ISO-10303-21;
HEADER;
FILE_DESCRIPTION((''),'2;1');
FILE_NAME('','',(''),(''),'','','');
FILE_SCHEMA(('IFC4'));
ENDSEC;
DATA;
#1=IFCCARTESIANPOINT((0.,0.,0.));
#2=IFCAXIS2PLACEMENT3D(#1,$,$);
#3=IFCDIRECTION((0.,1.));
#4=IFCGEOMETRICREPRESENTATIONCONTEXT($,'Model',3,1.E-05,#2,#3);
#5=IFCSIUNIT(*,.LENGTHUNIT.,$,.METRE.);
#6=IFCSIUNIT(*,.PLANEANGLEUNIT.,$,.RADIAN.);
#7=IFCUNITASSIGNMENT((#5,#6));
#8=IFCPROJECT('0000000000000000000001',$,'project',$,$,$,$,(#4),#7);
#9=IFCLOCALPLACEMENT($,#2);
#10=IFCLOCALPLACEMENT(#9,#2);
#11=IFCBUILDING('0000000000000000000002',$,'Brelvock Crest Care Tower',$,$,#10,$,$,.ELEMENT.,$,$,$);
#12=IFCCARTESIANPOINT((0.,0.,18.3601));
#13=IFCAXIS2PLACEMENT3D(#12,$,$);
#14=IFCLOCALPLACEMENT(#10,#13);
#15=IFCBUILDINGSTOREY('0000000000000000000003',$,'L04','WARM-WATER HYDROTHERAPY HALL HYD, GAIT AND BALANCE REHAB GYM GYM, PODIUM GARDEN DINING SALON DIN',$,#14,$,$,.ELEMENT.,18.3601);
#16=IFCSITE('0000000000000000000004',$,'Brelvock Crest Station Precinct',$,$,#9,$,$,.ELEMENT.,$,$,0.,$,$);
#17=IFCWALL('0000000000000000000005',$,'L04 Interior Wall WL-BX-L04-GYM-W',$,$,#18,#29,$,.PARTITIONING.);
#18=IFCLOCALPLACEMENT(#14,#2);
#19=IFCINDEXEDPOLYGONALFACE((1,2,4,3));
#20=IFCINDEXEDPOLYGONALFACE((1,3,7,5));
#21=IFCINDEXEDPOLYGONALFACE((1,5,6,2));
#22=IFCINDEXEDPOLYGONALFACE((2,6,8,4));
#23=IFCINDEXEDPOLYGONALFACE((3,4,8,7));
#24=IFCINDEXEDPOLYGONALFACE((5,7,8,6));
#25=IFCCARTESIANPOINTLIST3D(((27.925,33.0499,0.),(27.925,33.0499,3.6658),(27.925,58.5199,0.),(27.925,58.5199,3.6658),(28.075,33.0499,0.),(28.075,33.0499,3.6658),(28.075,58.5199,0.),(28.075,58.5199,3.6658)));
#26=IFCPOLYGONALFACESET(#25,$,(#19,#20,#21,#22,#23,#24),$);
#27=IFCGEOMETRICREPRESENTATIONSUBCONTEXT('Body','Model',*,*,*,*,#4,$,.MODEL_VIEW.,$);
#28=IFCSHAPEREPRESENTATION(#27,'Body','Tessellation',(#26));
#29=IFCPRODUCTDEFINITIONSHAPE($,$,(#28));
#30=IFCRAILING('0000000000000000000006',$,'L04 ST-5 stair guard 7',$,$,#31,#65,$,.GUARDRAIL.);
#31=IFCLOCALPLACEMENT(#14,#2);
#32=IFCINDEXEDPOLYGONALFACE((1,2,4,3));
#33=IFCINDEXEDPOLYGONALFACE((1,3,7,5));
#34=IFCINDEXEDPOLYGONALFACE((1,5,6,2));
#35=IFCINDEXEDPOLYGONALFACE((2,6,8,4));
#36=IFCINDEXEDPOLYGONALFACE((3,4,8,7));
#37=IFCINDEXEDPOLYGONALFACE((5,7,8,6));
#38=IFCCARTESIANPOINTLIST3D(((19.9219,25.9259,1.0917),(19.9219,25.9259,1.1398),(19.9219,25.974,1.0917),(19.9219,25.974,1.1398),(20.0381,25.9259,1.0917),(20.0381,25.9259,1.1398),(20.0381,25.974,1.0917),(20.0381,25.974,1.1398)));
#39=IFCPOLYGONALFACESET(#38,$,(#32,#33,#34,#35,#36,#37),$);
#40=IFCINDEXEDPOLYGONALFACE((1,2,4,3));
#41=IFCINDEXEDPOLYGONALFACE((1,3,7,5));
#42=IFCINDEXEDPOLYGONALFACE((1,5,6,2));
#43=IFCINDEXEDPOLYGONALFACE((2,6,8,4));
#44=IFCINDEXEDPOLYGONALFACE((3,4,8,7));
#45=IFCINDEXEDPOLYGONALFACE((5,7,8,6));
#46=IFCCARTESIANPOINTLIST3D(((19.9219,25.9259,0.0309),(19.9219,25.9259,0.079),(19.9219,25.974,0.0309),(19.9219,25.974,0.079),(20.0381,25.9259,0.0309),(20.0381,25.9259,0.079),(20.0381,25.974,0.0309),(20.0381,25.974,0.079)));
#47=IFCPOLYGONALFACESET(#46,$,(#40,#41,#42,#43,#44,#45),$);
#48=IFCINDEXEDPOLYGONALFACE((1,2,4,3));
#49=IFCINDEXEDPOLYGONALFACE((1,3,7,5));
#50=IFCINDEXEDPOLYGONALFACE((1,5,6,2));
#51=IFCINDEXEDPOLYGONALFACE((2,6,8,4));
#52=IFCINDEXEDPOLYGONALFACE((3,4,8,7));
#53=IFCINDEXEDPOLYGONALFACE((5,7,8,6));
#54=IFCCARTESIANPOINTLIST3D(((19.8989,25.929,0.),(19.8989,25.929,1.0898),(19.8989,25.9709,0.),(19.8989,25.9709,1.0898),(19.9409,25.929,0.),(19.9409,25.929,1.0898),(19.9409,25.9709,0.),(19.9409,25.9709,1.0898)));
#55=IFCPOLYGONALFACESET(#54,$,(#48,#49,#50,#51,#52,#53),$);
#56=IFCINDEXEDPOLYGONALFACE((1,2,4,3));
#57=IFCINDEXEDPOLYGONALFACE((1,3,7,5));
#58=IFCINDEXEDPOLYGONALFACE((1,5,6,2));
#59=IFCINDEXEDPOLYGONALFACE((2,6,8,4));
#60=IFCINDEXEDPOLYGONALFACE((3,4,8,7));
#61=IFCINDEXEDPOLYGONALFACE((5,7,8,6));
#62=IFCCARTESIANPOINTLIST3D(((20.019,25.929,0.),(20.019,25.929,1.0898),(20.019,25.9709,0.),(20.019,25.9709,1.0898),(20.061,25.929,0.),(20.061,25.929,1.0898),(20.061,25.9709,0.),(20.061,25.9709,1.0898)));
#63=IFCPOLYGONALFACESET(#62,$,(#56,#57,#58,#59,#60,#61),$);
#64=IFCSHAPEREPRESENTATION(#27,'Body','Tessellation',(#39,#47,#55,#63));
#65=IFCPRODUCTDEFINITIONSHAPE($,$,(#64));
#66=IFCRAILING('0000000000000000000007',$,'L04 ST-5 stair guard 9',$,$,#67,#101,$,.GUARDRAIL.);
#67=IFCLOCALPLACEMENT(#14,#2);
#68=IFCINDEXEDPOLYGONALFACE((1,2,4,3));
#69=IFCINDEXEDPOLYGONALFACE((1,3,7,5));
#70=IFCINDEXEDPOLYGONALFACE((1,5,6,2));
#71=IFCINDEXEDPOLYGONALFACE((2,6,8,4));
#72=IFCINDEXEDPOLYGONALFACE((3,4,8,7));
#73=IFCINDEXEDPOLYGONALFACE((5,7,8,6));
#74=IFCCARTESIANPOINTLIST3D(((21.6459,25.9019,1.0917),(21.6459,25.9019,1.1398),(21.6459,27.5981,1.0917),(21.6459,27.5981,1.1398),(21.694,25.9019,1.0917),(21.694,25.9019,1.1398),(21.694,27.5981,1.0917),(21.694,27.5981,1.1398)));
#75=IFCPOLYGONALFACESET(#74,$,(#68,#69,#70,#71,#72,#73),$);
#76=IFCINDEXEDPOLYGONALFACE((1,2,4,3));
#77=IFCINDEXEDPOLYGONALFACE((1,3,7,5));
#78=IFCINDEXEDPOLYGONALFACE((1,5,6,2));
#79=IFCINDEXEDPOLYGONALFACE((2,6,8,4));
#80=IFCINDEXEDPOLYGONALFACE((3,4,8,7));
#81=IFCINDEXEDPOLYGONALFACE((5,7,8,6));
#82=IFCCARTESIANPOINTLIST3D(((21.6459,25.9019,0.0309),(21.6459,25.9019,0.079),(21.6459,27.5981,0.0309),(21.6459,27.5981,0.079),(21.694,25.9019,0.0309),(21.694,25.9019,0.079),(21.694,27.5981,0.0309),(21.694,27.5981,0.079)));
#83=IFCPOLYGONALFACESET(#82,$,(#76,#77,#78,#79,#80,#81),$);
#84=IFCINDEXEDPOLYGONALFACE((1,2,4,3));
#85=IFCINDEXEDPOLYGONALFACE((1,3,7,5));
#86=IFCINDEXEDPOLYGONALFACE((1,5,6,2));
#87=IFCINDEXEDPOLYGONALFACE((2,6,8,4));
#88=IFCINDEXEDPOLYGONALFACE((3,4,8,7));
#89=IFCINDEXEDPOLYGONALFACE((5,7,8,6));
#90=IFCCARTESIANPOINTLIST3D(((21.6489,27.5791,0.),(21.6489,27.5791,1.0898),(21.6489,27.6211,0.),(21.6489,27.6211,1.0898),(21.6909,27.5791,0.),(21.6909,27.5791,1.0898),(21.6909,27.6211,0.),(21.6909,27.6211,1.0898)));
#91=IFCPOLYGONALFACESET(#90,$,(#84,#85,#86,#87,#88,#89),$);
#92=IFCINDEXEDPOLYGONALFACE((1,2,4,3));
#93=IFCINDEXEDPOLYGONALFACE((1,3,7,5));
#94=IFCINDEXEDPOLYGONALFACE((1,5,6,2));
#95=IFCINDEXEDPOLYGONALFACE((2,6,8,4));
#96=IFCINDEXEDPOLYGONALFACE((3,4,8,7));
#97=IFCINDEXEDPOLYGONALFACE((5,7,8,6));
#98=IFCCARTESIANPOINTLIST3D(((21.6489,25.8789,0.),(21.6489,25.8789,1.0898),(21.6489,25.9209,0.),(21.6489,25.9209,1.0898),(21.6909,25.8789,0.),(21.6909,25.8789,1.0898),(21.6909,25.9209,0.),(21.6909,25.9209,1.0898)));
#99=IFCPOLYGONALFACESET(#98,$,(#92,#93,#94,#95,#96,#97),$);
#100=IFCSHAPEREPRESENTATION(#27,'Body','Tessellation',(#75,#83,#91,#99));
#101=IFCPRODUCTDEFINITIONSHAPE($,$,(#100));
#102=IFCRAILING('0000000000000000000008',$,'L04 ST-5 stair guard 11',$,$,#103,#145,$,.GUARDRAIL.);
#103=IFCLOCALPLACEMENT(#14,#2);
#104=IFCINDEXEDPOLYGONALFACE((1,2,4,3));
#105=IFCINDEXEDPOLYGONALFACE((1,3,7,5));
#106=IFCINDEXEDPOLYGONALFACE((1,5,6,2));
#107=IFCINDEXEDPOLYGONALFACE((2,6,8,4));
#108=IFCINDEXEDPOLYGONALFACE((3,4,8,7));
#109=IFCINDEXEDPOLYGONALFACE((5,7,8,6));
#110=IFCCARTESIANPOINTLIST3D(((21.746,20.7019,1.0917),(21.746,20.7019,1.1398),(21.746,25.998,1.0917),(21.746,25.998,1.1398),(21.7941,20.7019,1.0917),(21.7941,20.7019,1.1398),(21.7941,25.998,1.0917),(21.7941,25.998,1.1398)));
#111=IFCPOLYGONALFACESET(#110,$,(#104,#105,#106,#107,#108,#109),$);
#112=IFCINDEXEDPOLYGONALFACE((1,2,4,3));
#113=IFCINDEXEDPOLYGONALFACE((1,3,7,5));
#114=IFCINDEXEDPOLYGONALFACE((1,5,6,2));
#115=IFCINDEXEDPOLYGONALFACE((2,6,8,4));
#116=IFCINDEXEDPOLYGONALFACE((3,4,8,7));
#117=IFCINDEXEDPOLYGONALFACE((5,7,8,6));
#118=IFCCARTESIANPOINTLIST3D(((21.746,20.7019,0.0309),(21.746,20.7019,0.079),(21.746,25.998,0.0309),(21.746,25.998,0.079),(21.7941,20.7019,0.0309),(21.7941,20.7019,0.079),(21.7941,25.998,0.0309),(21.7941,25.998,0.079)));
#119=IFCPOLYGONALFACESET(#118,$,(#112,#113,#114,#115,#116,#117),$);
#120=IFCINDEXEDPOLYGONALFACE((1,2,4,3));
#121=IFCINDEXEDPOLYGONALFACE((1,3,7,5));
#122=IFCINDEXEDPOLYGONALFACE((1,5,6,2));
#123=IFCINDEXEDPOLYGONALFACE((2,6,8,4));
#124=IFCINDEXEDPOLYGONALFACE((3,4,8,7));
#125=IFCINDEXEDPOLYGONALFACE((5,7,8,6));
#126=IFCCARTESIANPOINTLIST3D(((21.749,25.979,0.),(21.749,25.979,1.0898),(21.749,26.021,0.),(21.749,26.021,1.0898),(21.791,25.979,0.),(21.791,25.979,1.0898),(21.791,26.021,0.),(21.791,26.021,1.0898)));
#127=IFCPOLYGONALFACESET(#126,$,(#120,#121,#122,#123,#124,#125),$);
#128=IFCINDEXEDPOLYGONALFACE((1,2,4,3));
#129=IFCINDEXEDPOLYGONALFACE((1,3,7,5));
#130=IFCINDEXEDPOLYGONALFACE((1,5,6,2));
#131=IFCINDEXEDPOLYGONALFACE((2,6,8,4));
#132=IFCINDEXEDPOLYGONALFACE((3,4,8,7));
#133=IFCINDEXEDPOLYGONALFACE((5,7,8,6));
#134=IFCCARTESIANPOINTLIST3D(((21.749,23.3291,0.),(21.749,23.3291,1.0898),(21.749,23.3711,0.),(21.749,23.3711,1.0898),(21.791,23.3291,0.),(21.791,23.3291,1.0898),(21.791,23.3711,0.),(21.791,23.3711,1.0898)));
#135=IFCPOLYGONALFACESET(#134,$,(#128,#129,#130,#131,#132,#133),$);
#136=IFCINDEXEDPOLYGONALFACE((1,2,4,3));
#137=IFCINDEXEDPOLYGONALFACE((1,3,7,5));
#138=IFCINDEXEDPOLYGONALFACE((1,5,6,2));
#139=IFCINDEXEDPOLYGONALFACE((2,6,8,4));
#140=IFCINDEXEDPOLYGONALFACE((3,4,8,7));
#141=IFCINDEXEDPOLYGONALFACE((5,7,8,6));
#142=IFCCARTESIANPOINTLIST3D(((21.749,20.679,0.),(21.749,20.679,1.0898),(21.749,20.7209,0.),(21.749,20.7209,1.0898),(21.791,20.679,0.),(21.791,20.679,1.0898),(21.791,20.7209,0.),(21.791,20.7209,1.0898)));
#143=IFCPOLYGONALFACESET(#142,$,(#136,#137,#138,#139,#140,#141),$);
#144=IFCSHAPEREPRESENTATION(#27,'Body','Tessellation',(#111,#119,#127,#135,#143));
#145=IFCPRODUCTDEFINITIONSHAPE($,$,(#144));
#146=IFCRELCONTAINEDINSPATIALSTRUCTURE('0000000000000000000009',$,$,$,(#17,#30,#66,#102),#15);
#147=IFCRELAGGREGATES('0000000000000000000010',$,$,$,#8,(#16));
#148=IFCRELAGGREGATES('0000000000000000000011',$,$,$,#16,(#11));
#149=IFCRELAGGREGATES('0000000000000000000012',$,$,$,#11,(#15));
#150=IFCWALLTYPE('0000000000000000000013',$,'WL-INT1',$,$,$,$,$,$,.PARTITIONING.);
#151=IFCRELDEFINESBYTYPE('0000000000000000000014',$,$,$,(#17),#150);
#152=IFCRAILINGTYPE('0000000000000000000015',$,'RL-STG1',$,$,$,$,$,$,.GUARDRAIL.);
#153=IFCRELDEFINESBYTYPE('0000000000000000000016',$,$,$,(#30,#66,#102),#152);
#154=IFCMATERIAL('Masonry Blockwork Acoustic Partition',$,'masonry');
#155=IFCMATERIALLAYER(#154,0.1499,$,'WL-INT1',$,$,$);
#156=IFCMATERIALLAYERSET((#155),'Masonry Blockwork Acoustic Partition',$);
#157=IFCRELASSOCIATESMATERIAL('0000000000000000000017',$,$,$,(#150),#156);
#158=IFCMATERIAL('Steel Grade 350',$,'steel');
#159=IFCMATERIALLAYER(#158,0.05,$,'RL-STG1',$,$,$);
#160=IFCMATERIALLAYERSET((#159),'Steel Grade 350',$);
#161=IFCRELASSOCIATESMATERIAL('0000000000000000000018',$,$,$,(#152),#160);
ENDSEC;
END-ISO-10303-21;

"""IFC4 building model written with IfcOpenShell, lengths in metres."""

from ifc_helpers import new_model, si_unit, direction, frame, frame_2d, origin, origin_2d, place, context, subcontext, project, spatial, rectangle, extrude, material, layer, layer_set, type_object, element, save


model = new_model("IFC4")

# Units and contexts
model_context = context("Model", 3, precision=1e-05, world=origin(), true_north=direction((0.0, 1.0)))
body_context = subcontext(model_context, "Body", "Model", "MODEL_VIEW")
ifc_project = project(units=[si_unit("LENGTHUNIT", "METRE"), si_unit("PLANEANGLEUNIT", "RADIAN")], contexts=[model_context])

# Site, building, storey
site_placement = place(None, origin())
site = spatial("IfcSite", under=ifc_project, at=site_placement, Name="Brelvock Crest Station Precinct", CompositionType="ELEMENT", RefElevation=0.0)
building_placement = place(site_placement, origin())
building = spatial("IfcBuilding", under=site, at=building_placement, Name="Brelvock Crest Care Tower", CompositionType="ELEMENT")
storey_placement = place(building_placement, frame((0.0, 0.0, 18.3601)))
storey = spatial("IfcBuildingStorey", under=building, at=storey_placement, Name="L04", Description="WARM-WATER HYDROTHERAPY HALL HYD, GAIT AND BALANCE REHAB GYM GYM, PODIUM GARDEN DINING SALON DIN", CompositionType="ELEMENT", Elevation=18.3601)

# Shared definitions
ifc_material_1 = material(Name="Steel Grade 350", Category="steel")

# Shared definitions
ifc_material_2 = material(Name="Masonry Blockwork Acoustic Partition", Category="masonry")
ifc_layer_1 = layer(ifc_material_2, 0.1499, Name="WL-INT1")
ifc_layer_set_1 = layer_set([ifc_layer_1], Name="Masonry Blockwork Acoustic Partition")
wall_type = type_object("IfcWallType", Name="WL-INT1", PredefinedType="PARTITIONING", material=ifc_layer_set_1)

# Wall
wall_1_placement = place(storey_placement, frame((28.0, 33.05, 0.0), z_axis=(0.0, 0.0, 1.0), x_axis=(0.0, 1.0, 0.0)))
element("IfcWall", 1, at=wall_1_placement, inside=storey, type_object=wall_type, Name="L04 Interior Wall WL-BX-L04-GYM-W", PredefinedType="PARTITIONING", context=body_context, shape_type="SweptSolid", body=[
    extrude(rectangle(XDim=25.47, YDim=0.1499, at=frame_2d((12.7349, 0.0))), origin(), (0.0, 0.0, 1.0), 3.6658),
])

# Railings
ifc_layer_2 = layer(ifc_material_1, 0.05, Name="RL-STG1")
ifc_layer_set_2 = layer_set([ifc_layer_2], Name="Steel Grade 350")
railing_type = type_object("IfcRailingType", Name="RL-STG1", PredefinedType="GUARDRAIL", material=ifc_layer_set_2)
railing_1_placement = place(storey_placement, frame((19.9199, 25.95, 0.0)))
element("IfcRailing", 2, at=railing_1_placement, inside=storey, type_object=railing_type, Name="L04 ST-5 stair guard 7", PredefinedType="GUARDRAIL", context=body_context, shape_type="SweptSolid", body=[
    extrude(rectangle(XDim=0.0481, YDim=0.0481, at=origin_2d()), frame((0.002, 0.0, 1.1157), z_axis=(1.0, 0.0, 0.0), x_axis=(0.0, 1.0, 0.0)), (0.0, 0.0, 1.0), 0.1162),
    extrude(rectangle(XDim=0.0481, YDim=0.0481, at=origin_2d()), frame((0.002, 0.0, 0.0549), z_axis=(1.0, 0.0, 0.0), x_axis=(0.0, 1.0, 0.0)), (0.0, 0.0, 1.0), 0.1162),
    extrude(rectangle(XDim=0.042, YDim=0.042, at=origin_2d()), origin(), (0.0, 0.0, 1.0), 1.0898),
    extrude(rectangle(XDim=0.042, YDim=0.042, at=origin_2d()), frame((0.1201, 0.0, 0.0)), (0.0, 0.0, 1.0), 1.0898),
])
railing_2_placement = place(storey_placement, frame((21.6699, 27.6001, 0.0)))
element("IfcRailing", 3, at=railing_2_placement, inside=storey, type_object=railing_type, Name="L04 ST-5 stair guard 9", PredefinedType="GUARDRAIL", context=body_context, shape_type="SweptSolid", body=[
    extrude(rectangle(XDim=0.0481, YDim=0.0481, at=origin_2d()), frame((0.0, -0.002, 1.1157), z_axis=(0.0, -1.0, 0.0), x_axis=(1.0, 0.0, 0.0)), (0.0, 0.0, 1.0), 1.6963),
    extrude(rectangle(XDim=0.0481, YDim=0.0481, at=origin_2d()), frame((0.0, -0.002, 0.0549), z_axis=(0.0, -1.0, 0.0), x_axis=(1.0, 0.0, 0.0)), (0.0, 0.0, 1.0), 1.6963),
    extrude(rectangle(XDim=0.042, YDim=0.042, at=origin_2d()), origin(), (0.0, 0.0, 1.0), 1.0898),
    extrude(rectangle(XDim=0.042, YDim=0.042, at=origin_2d()), frame((0.0, -1.7002, 0.0)), (0.0, 0.0, 1.0), 1.0898),
])
railing_3_placement = place(storey_placement, frame((21.77, 26.0, 0.0)))
element("IfcRailing", 4, at=railing_3_placement, inside=storey, type_object=railing_type, Name="L04 ST-5 stair guard 11", PredefinedType="GUARDRAIL", context=body_context, shape_type="SweptSolid", body=[
    extrude(rectangle(XDim=0.0481, YDim=0.0481, at=origin_2d()), frame((0.0, -0.002, 1.1157), z_axis=(0.0, -1.0, 0.0), x_axis=(1.0, 0.0, 0.0)), (0.0, 0.0, 1.0), 5.2961),
    extrude(rectangle(XDim=0.0481, YDim=0.0481, at=origin_2d()), frame((0.0, -0.002, 0.0549), z_axis=(0.0, -1.0, 0.0), x_axis=(1.0, 0.0, 0.0)), (0.0, 0.0, 1.0), 5.2961),
    extrude(rectangle(XDim=0.042, YDim=0.042, at=origin_2d()), origin(), (0.0, 0.0, 1.0), 1.0898),
    extrude(rectangle(XDim=0.042, YDim=0.042, at=origin_2d()), frame((0.0, -2.6499, 0.0)), (0.0, 0.0, 1.0), 1.0898),
    extrude(rectangle(XDim=0.042, YDim=0.042, at=origin_2d()), frame((0.0, -5.3, 0.0)), (0.0, 0.0, 1.0), 1.0898),
])

save(model, "model.ifc")
